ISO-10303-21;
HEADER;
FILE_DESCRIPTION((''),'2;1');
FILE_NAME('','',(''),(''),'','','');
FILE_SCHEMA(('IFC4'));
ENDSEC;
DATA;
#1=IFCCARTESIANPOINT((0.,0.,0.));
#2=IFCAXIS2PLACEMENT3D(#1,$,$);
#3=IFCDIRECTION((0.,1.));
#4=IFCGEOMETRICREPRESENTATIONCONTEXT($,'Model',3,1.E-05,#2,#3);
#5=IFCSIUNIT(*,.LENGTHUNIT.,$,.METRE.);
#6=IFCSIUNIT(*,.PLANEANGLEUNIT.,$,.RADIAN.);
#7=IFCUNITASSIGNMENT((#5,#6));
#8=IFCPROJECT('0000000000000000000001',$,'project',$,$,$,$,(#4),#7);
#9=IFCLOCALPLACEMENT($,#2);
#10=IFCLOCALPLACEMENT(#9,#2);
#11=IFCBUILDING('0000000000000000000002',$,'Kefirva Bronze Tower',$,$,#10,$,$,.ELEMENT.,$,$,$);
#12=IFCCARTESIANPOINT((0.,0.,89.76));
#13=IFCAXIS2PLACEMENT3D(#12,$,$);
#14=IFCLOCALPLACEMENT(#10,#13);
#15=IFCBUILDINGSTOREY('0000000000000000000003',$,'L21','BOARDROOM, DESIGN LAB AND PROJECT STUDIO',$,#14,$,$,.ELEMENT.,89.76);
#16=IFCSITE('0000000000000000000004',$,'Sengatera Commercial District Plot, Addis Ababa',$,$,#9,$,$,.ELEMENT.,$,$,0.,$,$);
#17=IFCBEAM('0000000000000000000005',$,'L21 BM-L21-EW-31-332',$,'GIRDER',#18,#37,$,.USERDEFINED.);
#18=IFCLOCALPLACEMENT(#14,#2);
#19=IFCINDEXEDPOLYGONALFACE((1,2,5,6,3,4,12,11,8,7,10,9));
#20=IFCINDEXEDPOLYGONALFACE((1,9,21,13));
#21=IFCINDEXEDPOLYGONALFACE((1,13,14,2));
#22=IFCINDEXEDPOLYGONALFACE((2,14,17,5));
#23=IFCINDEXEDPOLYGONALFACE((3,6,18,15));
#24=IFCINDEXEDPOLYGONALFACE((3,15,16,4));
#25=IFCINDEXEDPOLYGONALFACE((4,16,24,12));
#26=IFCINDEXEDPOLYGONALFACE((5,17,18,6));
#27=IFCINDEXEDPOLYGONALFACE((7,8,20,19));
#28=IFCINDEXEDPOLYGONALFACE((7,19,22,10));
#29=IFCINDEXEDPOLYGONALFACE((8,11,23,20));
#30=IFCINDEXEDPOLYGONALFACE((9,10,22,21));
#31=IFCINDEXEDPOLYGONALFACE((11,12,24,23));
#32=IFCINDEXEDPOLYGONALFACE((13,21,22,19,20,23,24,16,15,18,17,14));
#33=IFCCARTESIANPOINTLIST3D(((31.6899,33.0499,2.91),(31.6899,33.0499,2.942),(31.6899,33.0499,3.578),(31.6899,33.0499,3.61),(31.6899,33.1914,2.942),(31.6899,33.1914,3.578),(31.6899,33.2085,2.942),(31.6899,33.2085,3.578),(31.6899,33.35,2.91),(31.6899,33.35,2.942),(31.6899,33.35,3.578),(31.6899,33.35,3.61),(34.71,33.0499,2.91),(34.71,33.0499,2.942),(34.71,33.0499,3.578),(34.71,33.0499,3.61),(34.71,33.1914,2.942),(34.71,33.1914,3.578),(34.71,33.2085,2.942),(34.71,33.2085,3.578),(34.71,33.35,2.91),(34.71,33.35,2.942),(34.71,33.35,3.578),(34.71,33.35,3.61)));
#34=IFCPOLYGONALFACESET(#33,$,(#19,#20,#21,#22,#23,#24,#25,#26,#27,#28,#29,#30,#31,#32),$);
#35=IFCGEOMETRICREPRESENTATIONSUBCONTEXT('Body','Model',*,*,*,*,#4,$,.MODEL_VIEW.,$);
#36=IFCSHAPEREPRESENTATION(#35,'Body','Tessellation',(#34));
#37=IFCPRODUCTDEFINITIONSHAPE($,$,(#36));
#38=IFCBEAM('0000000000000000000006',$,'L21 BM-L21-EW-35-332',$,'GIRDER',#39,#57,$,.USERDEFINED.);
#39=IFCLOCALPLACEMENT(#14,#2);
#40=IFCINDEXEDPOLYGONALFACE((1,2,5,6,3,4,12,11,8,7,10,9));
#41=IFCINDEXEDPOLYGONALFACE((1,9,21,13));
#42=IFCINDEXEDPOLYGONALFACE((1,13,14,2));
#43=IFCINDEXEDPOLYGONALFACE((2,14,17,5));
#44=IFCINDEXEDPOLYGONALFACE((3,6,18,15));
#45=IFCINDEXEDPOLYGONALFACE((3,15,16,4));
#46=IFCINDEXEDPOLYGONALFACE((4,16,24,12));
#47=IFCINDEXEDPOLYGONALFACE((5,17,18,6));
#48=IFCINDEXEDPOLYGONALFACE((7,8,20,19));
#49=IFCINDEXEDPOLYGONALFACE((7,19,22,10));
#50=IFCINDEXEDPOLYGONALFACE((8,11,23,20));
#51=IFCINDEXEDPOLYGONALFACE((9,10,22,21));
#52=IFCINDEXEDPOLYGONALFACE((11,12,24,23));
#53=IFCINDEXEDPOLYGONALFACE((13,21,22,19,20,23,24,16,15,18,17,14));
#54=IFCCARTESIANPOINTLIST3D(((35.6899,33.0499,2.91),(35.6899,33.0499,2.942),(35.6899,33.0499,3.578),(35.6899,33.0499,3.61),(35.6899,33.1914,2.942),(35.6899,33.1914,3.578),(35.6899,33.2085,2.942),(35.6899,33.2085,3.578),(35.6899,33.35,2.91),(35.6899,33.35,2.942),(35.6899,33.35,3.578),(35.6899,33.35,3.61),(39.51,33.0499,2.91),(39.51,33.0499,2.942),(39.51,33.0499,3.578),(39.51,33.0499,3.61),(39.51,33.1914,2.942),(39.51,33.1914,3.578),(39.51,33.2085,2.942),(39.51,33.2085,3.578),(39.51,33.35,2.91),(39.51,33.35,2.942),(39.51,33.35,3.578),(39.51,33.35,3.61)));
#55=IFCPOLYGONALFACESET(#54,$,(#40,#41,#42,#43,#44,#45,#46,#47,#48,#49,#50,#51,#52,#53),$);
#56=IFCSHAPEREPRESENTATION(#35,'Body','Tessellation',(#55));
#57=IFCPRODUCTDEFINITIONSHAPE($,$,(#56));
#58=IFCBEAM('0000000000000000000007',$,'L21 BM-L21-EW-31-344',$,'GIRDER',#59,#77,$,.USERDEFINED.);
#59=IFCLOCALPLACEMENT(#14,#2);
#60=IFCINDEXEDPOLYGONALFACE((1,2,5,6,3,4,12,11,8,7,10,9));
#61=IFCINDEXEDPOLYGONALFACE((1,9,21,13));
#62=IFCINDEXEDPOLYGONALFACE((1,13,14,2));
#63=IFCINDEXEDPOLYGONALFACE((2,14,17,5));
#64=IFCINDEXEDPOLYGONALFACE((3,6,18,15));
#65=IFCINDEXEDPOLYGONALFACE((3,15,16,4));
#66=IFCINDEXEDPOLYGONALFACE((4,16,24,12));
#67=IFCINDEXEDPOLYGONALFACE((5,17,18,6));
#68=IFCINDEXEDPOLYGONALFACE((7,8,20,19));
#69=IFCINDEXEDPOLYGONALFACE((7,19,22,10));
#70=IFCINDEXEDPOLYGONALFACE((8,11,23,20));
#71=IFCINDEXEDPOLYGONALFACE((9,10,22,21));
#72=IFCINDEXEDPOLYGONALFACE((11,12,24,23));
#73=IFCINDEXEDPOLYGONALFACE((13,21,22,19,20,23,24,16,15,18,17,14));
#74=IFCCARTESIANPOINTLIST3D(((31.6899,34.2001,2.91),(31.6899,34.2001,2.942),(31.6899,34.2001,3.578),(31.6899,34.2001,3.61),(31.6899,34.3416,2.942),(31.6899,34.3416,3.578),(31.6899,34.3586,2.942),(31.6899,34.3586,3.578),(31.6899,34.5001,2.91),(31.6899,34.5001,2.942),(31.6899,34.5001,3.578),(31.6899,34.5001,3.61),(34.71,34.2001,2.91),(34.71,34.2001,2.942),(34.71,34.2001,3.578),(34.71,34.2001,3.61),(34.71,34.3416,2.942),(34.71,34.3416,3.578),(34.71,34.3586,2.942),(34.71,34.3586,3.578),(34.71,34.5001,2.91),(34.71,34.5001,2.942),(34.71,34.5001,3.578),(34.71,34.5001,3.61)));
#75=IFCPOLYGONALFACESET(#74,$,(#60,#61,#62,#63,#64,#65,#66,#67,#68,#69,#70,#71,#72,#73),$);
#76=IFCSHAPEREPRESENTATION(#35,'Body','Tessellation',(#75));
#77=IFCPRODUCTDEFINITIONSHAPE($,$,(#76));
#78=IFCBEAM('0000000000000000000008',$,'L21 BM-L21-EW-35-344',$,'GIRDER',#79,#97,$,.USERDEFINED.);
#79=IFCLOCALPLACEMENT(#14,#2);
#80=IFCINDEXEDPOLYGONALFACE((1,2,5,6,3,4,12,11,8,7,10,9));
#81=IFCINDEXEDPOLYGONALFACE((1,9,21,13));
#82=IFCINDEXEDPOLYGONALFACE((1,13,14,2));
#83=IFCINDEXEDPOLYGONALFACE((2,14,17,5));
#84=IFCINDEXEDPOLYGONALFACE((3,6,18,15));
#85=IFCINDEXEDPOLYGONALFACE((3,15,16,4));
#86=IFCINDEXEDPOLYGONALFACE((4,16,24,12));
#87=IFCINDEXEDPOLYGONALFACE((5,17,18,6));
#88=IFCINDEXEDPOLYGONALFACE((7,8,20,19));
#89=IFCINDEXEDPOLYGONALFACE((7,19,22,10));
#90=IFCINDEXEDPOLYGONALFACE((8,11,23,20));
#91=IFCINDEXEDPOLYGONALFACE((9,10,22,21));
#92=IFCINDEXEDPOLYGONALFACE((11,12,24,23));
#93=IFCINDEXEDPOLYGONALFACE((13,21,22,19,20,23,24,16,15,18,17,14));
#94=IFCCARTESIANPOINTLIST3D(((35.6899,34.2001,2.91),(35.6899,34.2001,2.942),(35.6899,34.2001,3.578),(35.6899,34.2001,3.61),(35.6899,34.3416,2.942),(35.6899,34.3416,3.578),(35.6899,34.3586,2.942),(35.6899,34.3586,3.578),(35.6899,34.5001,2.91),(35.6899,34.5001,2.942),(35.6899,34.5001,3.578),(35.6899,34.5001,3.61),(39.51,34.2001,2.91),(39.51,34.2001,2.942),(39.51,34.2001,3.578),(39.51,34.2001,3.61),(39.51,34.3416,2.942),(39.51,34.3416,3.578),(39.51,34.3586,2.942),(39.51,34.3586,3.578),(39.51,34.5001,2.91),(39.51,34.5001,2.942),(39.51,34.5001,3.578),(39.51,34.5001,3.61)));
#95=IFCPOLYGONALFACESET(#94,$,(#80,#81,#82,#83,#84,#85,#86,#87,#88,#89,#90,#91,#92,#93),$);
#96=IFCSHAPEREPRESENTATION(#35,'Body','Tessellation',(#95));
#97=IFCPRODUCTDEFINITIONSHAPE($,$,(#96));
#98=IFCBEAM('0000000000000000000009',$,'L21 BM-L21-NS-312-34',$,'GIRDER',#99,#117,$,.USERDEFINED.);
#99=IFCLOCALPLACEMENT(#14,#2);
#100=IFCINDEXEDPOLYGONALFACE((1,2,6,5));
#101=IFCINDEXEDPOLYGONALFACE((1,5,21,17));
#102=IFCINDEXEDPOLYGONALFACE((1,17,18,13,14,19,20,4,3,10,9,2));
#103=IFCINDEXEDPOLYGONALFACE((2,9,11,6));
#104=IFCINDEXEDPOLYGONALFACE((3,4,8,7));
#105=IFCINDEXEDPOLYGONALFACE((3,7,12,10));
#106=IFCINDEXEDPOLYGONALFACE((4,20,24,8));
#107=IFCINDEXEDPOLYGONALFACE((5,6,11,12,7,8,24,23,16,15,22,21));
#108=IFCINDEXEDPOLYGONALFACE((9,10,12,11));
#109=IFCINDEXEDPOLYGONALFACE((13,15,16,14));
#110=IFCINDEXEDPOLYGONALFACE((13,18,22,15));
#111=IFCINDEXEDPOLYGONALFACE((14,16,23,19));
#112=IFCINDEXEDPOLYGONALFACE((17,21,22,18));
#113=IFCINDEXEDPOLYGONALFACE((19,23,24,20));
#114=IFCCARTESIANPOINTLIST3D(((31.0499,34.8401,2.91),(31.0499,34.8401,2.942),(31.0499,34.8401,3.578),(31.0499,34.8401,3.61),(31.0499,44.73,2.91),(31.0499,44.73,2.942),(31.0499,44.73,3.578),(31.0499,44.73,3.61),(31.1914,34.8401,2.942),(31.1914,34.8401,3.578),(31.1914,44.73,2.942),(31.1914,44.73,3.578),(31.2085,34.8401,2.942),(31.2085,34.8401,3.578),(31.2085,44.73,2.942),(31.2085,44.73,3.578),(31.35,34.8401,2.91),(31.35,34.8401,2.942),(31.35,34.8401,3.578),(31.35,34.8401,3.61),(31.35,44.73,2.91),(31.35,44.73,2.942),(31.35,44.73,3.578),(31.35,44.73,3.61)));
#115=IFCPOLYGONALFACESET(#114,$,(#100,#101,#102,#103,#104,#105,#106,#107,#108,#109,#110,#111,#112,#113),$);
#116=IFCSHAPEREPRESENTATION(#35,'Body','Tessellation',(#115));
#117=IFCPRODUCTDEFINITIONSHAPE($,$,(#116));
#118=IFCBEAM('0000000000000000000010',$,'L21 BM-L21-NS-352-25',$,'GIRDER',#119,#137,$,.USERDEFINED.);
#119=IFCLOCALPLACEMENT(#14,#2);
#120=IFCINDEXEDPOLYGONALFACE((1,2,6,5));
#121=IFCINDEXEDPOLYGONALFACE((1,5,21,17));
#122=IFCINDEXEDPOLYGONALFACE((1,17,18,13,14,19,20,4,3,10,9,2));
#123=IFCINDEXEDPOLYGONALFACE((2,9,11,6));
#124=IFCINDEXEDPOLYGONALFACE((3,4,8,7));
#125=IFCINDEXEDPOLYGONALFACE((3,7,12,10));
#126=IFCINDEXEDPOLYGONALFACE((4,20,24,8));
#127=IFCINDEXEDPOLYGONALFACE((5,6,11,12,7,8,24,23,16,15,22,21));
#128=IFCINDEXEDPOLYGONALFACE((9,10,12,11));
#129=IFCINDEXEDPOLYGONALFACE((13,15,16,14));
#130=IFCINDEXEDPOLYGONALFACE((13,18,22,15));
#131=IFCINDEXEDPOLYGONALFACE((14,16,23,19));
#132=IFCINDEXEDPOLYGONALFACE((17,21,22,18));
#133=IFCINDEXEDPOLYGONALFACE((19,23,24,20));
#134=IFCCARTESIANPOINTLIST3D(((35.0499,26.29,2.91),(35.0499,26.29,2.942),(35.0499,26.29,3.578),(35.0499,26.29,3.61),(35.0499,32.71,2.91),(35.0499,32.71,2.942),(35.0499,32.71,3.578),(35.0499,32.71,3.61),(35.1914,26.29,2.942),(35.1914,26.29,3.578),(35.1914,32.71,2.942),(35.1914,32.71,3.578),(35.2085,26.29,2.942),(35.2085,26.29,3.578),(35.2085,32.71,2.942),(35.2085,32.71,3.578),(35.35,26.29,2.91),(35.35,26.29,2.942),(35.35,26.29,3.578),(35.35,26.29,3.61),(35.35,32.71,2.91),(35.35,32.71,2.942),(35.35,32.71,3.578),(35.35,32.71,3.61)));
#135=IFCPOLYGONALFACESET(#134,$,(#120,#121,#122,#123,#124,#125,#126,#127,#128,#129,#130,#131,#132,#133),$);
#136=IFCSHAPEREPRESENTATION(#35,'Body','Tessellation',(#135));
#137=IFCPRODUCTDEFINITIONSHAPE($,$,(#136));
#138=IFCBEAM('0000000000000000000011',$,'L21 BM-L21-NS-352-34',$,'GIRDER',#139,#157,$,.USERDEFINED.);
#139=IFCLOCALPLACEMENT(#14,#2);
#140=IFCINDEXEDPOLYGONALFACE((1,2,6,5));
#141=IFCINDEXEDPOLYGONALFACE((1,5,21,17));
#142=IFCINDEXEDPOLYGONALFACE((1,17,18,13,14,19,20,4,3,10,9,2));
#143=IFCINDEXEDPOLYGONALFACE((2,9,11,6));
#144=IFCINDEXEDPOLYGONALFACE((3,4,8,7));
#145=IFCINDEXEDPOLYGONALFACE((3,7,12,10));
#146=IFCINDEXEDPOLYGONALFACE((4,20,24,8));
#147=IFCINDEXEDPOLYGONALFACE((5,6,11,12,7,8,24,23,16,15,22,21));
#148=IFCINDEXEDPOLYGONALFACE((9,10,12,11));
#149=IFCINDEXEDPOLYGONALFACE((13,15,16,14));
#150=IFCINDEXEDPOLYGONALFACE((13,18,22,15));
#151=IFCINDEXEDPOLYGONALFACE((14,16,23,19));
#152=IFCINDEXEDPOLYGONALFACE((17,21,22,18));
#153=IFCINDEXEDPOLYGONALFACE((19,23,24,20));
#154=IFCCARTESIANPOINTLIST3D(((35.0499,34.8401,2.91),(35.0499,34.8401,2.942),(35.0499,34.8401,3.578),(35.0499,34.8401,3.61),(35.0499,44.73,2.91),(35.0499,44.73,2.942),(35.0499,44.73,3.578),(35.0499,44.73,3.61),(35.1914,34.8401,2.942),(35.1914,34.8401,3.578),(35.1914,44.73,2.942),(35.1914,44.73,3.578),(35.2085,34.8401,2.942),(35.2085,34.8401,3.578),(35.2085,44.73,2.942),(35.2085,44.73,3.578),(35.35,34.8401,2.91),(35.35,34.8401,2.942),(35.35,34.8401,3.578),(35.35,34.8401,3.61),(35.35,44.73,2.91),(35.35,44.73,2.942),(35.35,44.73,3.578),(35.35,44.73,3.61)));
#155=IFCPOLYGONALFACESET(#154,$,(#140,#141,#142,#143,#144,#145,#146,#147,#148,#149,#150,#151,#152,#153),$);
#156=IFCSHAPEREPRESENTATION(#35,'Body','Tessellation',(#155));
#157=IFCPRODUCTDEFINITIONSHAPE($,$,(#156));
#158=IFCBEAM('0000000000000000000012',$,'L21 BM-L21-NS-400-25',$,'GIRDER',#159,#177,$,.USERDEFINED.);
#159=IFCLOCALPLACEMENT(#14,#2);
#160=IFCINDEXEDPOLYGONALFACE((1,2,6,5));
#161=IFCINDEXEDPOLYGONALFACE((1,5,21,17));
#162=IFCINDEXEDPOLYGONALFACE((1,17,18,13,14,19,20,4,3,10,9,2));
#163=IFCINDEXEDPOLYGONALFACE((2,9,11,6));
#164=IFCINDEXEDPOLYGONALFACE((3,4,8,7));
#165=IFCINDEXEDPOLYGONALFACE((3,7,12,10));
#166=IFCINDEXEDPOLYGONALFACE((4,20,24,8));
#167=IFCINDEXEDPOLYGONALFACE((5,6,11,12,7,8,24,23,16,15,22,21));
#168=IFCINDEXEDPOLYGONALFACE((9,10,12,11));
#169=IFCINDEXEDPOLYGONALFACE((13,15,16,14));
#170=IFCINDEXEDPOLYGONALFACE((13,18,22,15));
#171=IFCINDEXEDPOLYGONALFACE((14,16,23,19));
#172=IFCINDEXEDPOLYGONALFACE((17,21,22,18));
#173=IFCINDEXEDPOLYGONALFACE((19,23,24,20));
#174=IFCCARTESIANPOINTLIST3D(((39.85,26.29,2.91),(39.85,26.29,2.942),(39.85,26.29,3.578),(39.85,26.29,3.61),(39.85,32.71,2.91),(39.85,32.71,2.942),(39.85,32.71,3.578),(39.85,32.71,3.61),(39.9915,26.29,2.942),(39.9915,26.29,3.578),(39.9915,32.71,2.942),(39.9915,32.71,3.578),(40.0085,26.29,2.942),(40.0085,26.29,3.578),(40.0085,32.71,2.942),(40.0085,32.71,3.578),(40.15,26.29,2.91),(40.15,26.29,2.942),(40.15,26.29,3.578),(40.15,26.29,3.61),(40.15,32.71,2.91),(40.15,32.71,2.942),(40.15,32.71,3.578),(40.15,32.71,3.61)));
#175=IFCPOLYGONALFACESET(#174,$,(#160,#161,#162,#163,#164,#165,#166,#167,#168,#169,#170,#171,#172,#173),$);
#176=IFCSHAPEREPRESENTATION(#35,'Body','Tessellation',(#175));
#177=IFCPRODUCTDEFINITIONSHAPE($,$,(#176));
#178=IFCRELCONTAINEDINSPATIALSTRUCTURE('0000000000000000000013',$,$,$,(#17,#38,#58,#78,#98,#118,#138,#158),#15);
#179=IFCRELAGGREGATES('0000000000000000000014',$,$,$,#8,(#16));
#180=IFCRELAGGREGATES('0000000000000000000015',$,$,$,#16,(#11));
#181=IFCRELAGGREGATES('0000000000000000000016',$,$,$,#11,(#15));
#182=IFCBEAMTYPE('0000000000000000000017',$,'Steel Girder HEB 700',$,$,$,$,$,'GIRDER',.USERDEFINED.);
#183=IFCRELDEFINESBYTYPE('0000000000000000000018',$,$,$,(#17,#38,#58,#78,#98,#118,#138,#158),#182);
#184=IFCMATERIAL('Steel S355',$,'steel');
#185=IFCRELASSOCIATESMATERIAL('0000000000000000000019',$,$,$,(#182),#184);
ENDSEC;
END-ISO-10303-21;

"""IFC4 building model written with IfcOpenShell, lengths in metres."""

from ifc_helpers import new_model, si_unit, direction, frame, origin, origin_2d, place, context, subcontext, project, spatial, i_section, extrude, material, material_profile, profile_set, type_object, element, save


model = new_model("IFC4")

# Units and contexts
model_context = context("Model", 3, precision=1e-05, world=origin(), true_north=direction((0.0, 1.0)))
body_context = subcontext(model_context, "Body", "Model", "MODEL_VIEW")
ifc_project = project(units=[si_unit("LENGTHUNIT", "METRE"), si_unit("PLANEANGLEUNIT", "RADIAN")], contexts=[model_context])

# Site, building, storey
site_placement = place(None, origin())
site = spatial("IfcSite", under=ifc_project, at=site_placement, Name="Sengatera Commercial District Plot, Addis Ababa", CompositionType="ELEMENT", RefElevation=0.0)
building_placement = place(site_placement, origin())
building = spatial("IfcBuilding", under=site, at=building_placement, Name="Kefirva Bronze Tower", CompositionType="ELEMENT")
storey_placement = place(building_placement, frame((0.0, 0.0, 89.76)))
storey = spatial("IfcBuildingStorey", under=building, at=storey_placement, Name="L21", Description="BOARDROOM, DESIGN LAB AND PROJECT STUDIO", CompositionType="ELEMENT", Elevation=89.76)

# Beams
ifc_material_1 = material(Name="Steel S355", Category="steel")
ifc_material_profile_1 = material_profile(ifc_material_1, i_section(OverallWidth=0.3, OverallDepth=0.7, WebThickness=0.0171, FlangeThickness=0.032, at=origin_2d()), Name="HEB 700")
ifc_profile_set_1 = profile_set([ifc_material_profile_1], Name="Steel S355")
beam_type_1 = type_object("IfcBeamType", Name="Steel Girder HEB 700", ElementType="GIRDER", PredefinedType="USERDEFINED", material=ifc_profile_set_1)
beam_1_placement = place(storey_placement, frame((31.6899, 33.2, 3.26), z_axis=(1.0, 0.0, 0.0), x_axis=(0.0, 1.0, 0.0)))
element("IfcBeam", 1, at=beam_1_placement, inside=storey, type_object=beam_type_1, Name="L21 BM-L21-EW-31-332", ObjectType="GIRDER", PredefinedType="USERDEFINED", context=body_context, shape_type="SweptSolid", body=[
    extrude(i_section(OverallWidth=0.3, OverallDepth=0.7, WebThickness=0.0171, FlangeThickness=0.032, at=origin_2d()), origin(), (0.0, 0.0, 1.0), 3.02),
])
beam_2_placement = place(storey_placement, frame((35.6899, 33.2, 3.26), z_axis=(1.0, 0.0, 0.0), x_axis=(0.0, 1.0, 0.0)))
element("IfcBeam", 2, at=beam_2_placement, inside=storey, type_object=beam_type_1, Name="L21 BM-L21-EW-35-332", ObjectType="GIRDER", PredefinedType="USERDEFINED", context=body_context, shape_type="SweptSolid", body=[
    extrude(i_section(OverallWidth=0.3, OverallDepth=0.7, WebThickness=0.0171, FlangeThickness=0.032, at=origin_2d()), origin(), (0.0, 0.0, 1.0), 3.8201),
])
beam_3_placement = place(storey_placement, frame((31.6899, 34.3501, 3.26), z_axis=(1.0, 0.0, 0.0), x_axis=(0.0, 1.0, 0.0)))
element("IfcBeam", 3, at=beam_3_placement, inside=storey, type_object=beam_type_1, Name="L21 BM-L21-EW-31-344", ObjectType="GIRDER", PredefinedType="USERDEFINED", context=body_context, shape_type="SweptSolid", body=[
    extrude(i_section(OverallWidth=0.3, OverallDepth=0.7, WebThickness=0.0171, FlangeThickness=0.032, at=origin_2d()), origin(), (0.0, 0.0, 1.0), 3.02),
])
beam_4_placement = place(storey_placement, frame((35.6899, 34.3501, 3.26), z_axis=(1.0, 0.0, 0.0), x_axis=(0.0, 1.0, 0.0)))
element("IfcBeam", 4, at=beam_4_placement, inside=storey, type_object=beam_type_1, Name="L21 BM-L21-EW-35-344", ObjectType="GIRDER", PredefinedType="USERDEFINED", context=body_context, shape_type="SweptSolid", body=[
    extrude(i_section(OverallWidth=0.3, OverallDepth=0.7, WebThickness=0.0171, FlangeThickness=0.032, at=origin_2d()), origin(), (0.0, 0.0, 1.0), 3.8201),
])
beam_5_placement = place(storey_placement, frame((31.2, 34.8401, 3.26), z_axis=(0.0, 1.0, 0.0), x_axis=(-1.0, 0.0, 0.0)))
element("IfcBeam", 5, at=beam_5_placement, inside=storey, type_object=beam_type_1, Name="L21 BM-L21-NS-312-34", ObjectType="GIRDER", PredefinedType="USERDEFINED", context=body_context, shape_type="SweptSolid", body=[
    extrude(i_section(OverallWidth=0.3, OverallDepth=0.7, WebThickness=0.0171, FlangeThickness=0.032, at=origin_2d()), origin(), (0.0, 0.0, 1.0), 9.8899),
])
beam_6_placement = place(storey_placement, frame((35.2, 26.29, 3.26), z_axis=(0.0, 1.0, 0.0), x_axis=(-1.0, 0.0, 0.0)))
element("IfcBeam", 6, at=beam_6_placement, inside=storey, type_object=beam_type_1, Name="L21 BM-L21-NS-352-25", ObjectType="GIRDER", PredefinedType="USERDEFINED", context=body_context, shape_type="SweptSolid", body=[
    extrude(i_section(OverallWidth=0.3, OverallDepth=0.7, WebThickness=0.0171, FlangeThickness=0.032, at=origin_2d()), origin(), (0.0, 0.0, 1.0), 6.4199),
])
beam_7_placement = place(storey_placement, frame((35.2, 34.8401, 3.26), z_axis=(0.0, 1.0, 0.0), x_axis=(-1.0, 0.0, 0.0)))
element("IfcBeam", 7, at=beam_7_placement, inside=storey, type_object=beam_type_1, Name="L21 BM-L21-NS-352-34", ObjectType="GIRDER", PredefinedType="USERDEFINED", context=body_context, shape_type="SweptSolid", body=[
    extrude(i_section(OverallWidth=0.3, OverallDepth=0.7, WebThickness=0.0171, FlangeThickness=0.032, at=origin_2d()), origin(), (0.0, 0.0, 1.0), 9.8899),
])
beam_8_placement = place(storey_placement, frame((40.0, 26.29, 3.26), z_axis=(0.0, 1.0, 0.0), x_axis=(-1.0, 0.0, 0.0)))
element("IfcBeam", 8, at=beam_8_placement, inside=storey, type_object=beam_type_1, Name="L21 BM-L21-NS-400-25", ObjectType="GIRDER", PredefinedType="USERDEFINED", context=body_context, shape_type="SweptSolid", body=[
    extrude(i_section(OverallWidth=0.3, OverallDepth=0.7, WebThickness=0.0171, FlangeThickness=0.032, at=origin_2d()), origin(), (0.0, 0.0, 1.0), 6.4199),
])

save(model, "model.ifc")
